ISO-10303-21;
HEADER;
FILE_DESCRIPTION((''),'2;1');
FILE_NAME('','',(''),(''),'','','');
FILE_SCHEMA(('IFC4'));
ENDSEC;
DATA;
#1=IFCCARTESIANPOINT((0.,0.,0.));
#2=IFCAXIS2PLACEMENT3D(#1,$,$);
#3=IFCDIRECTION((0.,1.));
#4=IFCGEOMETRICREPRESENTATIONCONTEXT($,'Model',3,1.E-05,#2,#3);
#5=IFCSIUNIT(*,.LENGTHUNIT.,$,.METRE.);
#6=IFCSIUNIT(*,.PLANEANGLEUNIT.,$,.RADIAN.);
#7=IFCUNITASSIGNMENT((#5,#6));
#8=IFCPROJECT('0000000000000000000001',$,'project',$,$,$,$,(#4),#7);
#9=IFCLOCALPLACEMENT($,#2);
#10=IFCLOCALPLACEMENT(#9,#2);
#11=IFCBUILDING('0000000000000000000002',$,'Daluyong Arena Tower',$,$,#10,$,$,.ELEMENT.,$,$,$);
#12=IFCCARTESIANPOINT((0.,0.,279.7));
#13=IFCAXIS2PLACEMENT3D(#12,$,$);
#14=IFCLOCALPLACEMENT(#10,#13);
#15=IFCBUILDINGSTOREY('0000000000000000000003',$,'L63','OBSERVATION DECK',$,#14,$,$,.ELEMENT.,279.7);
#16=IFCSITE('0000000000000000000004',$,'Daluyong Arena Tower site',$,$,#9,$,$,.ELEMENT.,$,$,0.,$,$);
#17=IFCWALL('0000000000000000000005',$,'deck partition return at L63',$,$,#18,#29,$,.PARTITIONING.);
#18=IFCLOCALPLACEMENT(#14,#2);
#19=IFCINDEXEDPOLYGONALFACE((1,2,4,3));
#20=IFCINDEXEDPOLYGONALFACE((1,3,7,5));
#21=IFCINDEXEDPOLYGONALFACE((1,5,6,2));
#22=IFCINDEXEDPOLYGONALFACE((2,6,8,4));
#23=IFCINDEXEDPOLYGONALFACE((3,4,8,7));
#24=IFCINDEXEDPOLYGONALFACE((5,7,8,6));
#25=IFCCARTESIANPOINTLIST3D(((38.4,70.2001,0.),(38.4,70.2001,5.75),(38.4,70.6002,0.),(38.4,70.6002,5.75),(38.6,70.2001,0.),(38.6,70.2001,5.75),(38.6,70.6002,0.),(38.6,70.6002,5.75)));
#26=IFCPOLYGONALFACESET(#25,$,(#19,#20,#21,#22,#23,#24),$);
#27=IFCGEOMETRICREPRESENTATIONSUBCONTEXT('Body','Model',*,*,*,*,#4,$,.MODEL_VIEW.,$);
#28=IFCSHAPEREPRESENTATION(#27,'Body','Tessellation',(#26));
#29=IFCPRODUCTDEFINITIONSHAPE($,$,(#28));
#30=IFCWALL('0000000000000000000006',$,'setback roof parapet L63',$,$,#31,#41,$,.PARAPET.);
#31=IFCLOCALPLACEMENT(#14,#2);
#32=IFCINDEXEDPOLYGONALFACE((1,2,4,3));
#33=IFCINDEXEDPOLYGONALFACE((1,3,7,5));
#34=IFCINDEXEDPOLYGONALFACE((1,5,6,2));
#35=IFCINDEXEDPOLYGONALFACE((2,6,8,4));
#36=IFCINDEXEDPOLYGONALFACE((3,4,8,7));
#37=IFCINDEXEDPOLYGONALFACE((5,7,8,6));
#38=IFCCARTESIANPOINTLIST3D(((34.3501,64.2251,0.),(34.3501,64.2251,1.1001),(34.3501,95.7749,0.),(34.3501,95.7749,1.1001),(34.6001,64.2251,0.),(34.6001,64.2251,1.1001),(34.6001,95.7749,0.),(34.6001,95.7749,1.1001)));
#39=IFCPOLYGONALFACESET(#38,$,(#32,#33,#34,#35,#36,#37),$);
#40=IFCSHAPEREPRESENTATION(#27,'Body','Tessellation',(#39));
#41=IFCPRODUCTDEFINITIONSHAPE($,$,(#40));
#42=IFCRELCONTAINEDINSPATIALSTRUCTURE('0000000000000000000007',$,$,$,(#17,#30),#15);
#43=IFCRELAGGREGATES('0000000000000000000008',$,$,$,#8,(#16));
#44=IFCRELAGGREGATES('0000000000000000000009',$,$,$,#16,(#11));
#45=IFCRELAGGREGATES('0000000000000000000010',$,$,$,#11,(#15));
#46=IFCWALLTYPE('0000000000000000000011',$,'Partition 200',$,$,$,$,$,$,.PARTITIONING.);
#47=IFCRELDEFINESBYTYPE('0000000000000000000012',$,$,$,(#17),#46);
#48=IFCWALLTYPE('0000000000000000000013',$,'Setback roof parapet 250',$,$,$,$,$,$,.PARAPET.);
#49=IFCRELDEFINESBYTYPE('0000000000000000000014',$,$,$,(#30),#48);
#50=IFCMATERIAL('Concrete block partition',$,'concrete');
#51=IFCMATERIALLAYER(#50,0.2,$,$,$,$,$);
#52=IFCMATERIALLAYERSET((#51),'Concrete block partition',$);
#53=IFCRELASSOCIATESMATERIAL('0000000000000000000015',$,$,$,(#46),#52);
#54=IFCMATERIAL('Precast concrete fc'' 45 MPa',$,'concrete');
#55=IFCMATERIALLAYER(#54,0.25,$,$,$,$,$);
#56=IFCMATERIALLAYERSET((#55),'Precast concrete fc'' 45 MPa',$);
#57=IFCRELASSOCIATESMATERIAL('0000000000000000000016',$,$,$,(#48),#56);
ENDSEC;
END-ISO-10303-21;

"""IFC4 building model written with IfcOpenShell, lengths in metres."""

from ifc_helpers import new_model, si_unit, direction, frame, frame_2d, origin, place, context, subcontext, project, spatial, rectangle, extrude, material, layer, layer_set, type_object, element, save


model = new_model("IFC4")

# Units and contexts
model_context = context("Model", 3, precision=1e-05, world=origin(), true_north=direction((0.0, 1.0)))
body_context = subcontext(model_context, "Body", "Model", "MODEL_VIEW")
ifc_project = project(units=[si_unit("LENGTHUNIT", "METRE"), si_unit("PLANEANGLEUNIT", "RADIAN")], contexts=[model_context])

# Site, building, storey
site_placement = place(None, origin())
site = spatial("IfcSite", under=ifc_project, at=site_placement, Name="Daluyong Arena Tower site", CompositionType="ELEMENT", RefElevation=0.0)
building_placement = place(site_placement, origin())
building = spatial("IfcBuilding", under=site, at=building_placement, Name="Daluyong Arena Tower", CompositionType="ELEMENT")
storey_placement = place(building_placement, frame((0.0, 0.0, 279.7)))
storey = spatial("IfcBuildingStorey", under=building, at=storey_placement, Name="L63", Description="OBSERVATION DECK", CompositionType="ELEMENT", Elevation=279.7)

# Shared definitions
ifc_material_1 = material(Name="Concrete block partition", Category="concrete")
ifc_layer_1 = layer(ifc_material_1, 0.2)
ifc_layer_set_1 = layer_set([ifc_layer_1], Name="Concrete block partition")
wall_type_1 = type_object("IfcWallType", Name="Partition 200", PredefinedType="PARTITIONING", material=ifc_layer_set_1)

# Walls
wall_1_placement = place(storey_placement, frame((38.5, 70.2, 0.0), z_axis=(0.0, 0.0, 1.0), x_axis=(0.0, 1.0, 0.0)))
element("IfcWall", 1, at=wall_1_placement, inside=storey, type_object=wall_type_1, Name="deck partition return at L63", PredefinedType="PARTITIONING", context=body_context, shape_type="SweptSolid", body=[
    extrude(rectangle(XDim=0.4001, YDim=0.2, at=frame_2d((0.2002, 0.0))), origin(), (0.0, 0.0, 1.0), 5.75),
])
ifc_material_2 = material(Name="Precast concrete fc' 45 MPa", Category="concrete")
ifc_layer_2 = layer(ifc_material_2, 0.25)
ifc_layer_set_2 = layer_set([ifc_layer_2], Name="Precast concrete fc' 45 MPa")
wall_type_2 = type_object("IfcWallType", Name="Setback roof parapet 250", PredefinedType="PARAPET", material=ifc_layer_set_2)
wall_2_placement = place(storey_placement, frame((34.4751, 64.2251, 0.0), z_axis=(0.0, 0.0, 1.0), x_axis=(0.0, 1.0, 0.0)))
element("IfcWall", 2, at=wall_2_placement, inside=storey, type_object=wall_type_2, Name="setback roof parapet L63", PredefinedType="PARAPET", context=body_context, shape_type="SweptSolid", body=[
    extrude(rectangle(XDim=31.5498, YDim=0.25, at=frame_2d((15.7749, 0.0))), origin(), (0.0, 0.0, 1.0), 1.1001),
])

save(model, "model.ifc")
